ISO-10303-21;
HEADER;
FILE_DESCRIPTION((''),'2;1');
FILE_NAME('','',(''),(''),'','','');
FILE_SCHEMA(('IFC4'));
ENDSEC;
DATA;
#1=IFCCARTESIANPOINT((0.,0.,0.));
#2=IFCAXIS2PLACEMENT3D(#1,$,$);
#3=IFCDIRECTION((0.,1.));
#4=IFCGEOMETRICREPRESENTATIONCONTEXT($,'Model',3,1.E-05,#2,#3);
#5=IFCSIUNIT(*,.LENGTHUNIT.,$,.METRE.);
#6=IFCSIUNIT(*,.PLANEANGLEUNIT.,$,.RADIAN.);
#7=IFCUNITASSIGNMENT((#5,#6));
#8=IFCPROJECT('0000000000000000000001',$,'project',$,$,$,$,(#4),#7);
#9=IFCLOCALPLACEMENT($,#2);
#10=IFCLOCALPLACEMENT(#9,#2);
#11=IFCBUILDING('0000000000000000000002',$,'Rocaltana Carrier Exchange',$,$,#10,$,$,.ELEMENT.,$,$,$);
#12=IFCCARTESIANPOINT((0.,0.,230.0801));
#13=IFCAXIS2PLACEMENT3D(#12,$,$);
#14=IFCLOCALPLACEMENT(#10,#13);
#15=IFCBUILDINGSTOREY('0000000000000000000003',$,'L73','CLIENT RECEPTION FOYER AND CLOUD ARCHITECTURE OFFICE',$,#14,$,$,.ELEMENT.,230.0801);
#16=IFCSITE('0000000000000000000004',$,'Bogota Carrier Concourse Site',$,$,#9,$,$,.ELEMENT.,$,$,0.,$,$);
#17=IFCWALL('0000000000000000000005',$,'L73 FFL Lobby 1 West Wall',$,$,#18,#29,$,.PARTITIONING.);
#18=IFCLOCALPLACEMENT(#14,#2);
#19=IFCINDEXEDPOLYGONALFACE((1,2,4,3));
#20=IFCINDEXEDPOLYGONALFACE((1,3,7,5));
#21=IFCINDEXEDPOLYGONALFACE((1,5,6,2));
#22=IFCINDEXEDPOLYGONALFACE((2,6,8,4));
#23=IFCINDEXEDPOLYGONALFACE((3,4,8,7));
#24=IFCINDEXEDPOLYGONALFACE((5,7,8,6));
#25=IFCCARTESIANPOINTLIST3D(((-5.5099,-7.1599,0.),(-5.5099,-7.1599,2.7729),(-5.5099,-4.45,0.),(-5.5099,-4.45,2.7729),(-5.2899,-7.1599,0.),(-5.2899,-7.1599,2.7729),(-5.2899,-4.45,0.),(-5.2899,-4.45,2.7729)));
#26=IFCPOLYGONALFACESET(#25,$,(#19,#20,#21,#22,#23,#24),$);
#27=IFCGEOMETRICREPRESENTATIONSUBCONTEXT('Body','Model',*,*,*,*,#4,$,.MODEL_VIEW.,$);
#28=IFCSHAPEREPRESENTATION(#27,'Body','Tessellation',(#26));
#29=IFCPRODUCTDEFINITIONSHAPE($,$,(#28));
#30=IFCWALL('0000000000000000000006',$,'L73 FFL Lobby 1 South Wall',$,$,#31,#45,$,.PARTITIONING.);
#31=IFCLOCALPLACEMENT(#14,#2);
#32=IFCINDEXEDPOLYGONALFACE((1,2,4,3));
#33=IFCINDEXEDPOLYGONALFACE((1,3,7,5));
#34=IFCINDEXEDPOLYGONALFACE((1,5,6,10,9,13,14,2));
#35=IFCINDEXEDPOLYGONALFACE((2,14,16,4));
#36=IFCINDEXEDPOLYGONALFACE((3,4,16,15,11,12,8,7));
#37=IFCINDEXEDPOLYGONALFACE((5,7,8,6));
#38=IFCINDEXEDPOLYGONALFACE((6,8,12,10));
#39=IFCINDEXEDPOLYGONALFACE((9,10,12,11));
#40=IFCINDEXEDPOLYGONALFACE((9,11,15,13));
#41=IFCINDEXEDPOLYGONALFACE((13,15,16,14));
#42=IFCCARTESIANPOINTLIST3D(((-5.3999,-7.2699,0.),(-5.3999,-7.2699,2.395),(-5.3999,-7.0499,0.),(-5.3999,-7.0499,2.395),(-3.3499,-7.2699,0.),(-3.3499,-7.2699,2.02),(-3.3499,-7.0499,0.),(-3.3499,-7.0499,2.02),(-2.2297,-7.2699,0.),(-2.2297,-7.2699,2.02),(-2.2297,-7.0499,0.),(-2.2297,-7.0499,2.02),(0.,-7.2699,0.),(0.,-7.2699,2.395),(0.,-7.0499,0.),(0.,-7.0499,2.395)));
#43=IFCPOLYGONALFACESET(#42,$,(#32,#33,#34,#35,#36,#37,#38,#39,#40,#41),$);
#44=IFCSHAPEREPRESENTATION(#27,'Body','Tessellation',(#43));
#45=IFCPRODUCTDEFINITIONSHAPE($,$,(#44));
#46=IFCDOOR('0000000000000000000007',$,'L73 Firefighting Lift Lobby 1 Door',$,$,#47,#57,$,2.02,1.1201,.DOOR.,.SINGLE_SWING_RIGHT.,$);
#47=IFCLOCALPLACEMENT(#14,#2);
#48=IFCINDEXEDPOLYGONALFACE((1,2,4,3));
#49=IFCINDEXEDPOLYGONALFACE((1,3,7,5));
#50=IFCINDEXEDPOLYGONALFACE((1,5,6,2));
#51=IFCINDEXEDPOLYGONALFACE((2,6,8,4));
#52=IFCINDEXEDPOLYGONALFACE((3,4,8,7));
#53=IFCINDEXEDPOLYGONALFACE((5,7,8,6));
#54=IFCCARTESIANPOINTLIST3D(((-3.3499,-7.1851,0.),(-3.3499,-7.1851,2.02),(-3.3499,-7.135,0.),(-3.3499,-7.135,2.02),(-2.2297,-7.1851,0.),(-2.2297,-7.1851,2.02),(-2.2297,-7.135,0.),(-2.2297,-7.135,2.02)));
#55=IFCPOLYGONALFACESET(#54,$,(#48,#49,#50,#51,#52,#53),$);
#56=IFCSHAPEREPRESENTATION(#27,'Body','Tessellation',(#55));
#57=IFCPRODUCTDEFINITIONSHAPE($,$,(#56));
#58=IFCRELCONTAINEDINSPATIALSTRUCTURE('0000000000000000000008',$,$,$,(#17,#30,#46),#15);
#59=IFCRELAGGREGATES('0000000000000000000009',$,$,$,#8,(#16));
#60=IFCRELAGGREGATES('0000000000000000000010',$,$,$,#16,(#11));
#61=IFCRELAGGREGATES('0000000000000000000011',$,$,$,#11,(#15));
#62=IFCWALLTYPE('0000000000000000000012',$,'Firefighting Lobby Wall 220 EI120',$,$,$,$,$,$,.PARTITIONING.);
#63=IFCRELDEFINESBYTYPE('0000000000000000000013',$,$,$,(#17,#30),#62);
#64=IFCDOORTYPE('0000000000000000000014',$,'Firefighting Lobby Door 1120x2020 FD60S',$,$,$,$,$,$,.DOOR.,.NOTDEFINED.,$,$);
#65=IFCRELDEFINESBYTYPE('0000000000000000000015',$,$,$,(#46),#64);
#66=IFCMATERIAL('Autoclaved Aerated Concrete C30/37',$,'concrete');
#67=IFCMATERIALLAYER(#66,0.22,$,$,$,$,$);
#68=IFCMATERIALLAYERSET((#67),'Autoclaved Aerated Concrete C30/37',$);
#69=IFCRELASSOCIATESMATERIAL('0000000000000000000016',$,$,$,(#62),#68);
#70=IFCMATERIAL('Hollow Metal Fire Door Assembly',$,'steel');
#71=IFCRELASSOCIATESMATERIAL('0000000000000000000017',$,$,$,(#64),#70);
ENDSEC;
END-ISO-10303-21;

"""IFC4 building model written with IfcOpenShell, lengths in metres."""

from ifc_helpers import new_model, si_unit, direction, frame, frame_2d, origin, place, context, subcontext, project, spatial, rectangle, extrude, material, layer, layer_set, type_object, element, fill, save


model = new_model("IFC4")

# Units and contexts
model_context = context("Model", 3, precision=1e-05, world=origin(), true_north=direction((0.0, 1.0)))
body_context = subcontext(model_context, "Body", "Model", "MODEL_VIEW")
ifc_project = project(units=[si_unit("LENGTHUNIT", "METRE"), si_unit("PLANEANGLEUNIT", "RADIAN")], contexts=[model_context])

# Site, building, storey
site_placement = place(None, origin())
site = spatial("IfcSite", under=ifc_project, at=site_placement, Name="Bogota Carrier Concourse Site", CompositionType="ELEMENT", RefElevation=0.0)
building_placement = place(site_placement, origin())
building = spatial("IfcBuilding", under=site, at=building_placement, Name="Rocaltana Carrier Exchange", CompositionType="ELEMENT")
storey_placement = place(building_placement, frame((0.0, 0.0, 230.0801)))
storey = spatial("IfcBuildingStorey", under=building, at=storey_placement, Name="L73", Description="CLIENT RECEPTION FOYER AND CLOUD ARCHITECTURE OFFICE", CompositionType="ELEMENT", Elevation=230.0801)

# Wall
ifc_material_1 = material(Name="Autoclaved Aerated Concrete C30/37", Category="concrete")
ifc_layer_1 = layer(ifc_material_1, 0.22)
ifc_layer_set_1 = layer_set([ifc_layer_1], Name="Autoclaved Aerated Concrete C30/37")
wall_type_1 = type_object("IfcWallType", Name="Firefighting Lobby Wall 220 EI120", PredefinedType="PARTITIONING", material=ifc_layer_set_1)
wall_1_placement = place(storey_placement, frame((-5.3999, -7.1599, 0.0), z_axis=(0.0, 0.0, 1.0), x_axis=(0.0, 1.0, 0.0)))
element("IfcWall", 1, at=wall_1_placement, inside=storey, type_object=wall_type_1, Name="L73 FFL Lobby 1 West Wall", PredefinedType="PARTITIONING", context=body_context, shape_type="SweptSolid", body=[
    extrude(rectangle(XDim=2.71, YDim=0.22, at=frame_2d((1.355, 0.0))), origin(), (0.0, 0.0, 1.0), 2.7729),
])

# Wall, opening, door
wall_2_placement = place(storey_placement, frame((-5.3999, -7.1599, 0.0), z_axis=(0.0, 0.0, 1.0), x_axis=(1.0, 0.0, 0.0)))
wall_2 = element("IfcWall", 2, at=wall_2_placement, inside=storey, type_object=wall_type_1, Name="L73 FFL Lobby 1 South Wall", PredefinedType="PARTITIONING", context=body_context, shape_type="SweptSolid", body=[
    extrude(rectangle(XDim=5.3999, YDim=0.22, at=frame_2d((2.7, 0.0))), origin(), (0.0, 0.0, 1.0), 2.395),
])
opening_1_placement = place(wall_2_placement, frame((2.05, 0.0, 0.0)))
opening_1 = element("IfcOpeningElement", 3, at=opening_1_placement, cuts=wall_2, PredefinedType="OPENING", context=body_context, shape_type="SweptSolid", body=[
    extrude(rectangle(XDim=1.1201, YDim=2.02, at=frame_2d((0.5601, 1.01))), frame((0.0, 0.1199, 0.0), z_axis=(0.0, -1.0, 0.0), x_axis=(1.0, 0.0, 0.0)), (0.0, 0.0, 1.0), 0.24),
])
ifc_material_2 = material(Name="Hollow Metal Fire Door Assembly", Category="steel")
door_type_1 = type_object("IfcDoorType", Name="Firefighting Lobby Door 1120x2020 FD60S", OperationType="NOTDEFINED", PredefinedType="DOOR", material=ifc_material_2)
door_1_placement = place(opening_1_placement, origin())
door_1 = element("IfcDoor", 4, at=door_1_placement, inside=storey, type_object=door_type_1, Name="L73 Firefighting Lift Lobby 1 Door", OperationType="SINGLE_SWING_RIGHT", OverallHeight=2.02, OverallWidth=1.1201, PredefinedType="DOOR", context=body_context, shape_type="SweptSolid", body=[
    extrude(rectangle(XDim=1.1201, YDim=2.02, at=frame_2d((0.5601, 1.01))), frame((0.0, 0.0249, 0.0), z_axis=(0.0, -1.0, 0.0), x_axis=(1.0, 0.0, 0.0)), (0.0, 0.0, 1.0), 0.05),
])
fill(opening_1, door_1)

save(model, "model.ifc")
